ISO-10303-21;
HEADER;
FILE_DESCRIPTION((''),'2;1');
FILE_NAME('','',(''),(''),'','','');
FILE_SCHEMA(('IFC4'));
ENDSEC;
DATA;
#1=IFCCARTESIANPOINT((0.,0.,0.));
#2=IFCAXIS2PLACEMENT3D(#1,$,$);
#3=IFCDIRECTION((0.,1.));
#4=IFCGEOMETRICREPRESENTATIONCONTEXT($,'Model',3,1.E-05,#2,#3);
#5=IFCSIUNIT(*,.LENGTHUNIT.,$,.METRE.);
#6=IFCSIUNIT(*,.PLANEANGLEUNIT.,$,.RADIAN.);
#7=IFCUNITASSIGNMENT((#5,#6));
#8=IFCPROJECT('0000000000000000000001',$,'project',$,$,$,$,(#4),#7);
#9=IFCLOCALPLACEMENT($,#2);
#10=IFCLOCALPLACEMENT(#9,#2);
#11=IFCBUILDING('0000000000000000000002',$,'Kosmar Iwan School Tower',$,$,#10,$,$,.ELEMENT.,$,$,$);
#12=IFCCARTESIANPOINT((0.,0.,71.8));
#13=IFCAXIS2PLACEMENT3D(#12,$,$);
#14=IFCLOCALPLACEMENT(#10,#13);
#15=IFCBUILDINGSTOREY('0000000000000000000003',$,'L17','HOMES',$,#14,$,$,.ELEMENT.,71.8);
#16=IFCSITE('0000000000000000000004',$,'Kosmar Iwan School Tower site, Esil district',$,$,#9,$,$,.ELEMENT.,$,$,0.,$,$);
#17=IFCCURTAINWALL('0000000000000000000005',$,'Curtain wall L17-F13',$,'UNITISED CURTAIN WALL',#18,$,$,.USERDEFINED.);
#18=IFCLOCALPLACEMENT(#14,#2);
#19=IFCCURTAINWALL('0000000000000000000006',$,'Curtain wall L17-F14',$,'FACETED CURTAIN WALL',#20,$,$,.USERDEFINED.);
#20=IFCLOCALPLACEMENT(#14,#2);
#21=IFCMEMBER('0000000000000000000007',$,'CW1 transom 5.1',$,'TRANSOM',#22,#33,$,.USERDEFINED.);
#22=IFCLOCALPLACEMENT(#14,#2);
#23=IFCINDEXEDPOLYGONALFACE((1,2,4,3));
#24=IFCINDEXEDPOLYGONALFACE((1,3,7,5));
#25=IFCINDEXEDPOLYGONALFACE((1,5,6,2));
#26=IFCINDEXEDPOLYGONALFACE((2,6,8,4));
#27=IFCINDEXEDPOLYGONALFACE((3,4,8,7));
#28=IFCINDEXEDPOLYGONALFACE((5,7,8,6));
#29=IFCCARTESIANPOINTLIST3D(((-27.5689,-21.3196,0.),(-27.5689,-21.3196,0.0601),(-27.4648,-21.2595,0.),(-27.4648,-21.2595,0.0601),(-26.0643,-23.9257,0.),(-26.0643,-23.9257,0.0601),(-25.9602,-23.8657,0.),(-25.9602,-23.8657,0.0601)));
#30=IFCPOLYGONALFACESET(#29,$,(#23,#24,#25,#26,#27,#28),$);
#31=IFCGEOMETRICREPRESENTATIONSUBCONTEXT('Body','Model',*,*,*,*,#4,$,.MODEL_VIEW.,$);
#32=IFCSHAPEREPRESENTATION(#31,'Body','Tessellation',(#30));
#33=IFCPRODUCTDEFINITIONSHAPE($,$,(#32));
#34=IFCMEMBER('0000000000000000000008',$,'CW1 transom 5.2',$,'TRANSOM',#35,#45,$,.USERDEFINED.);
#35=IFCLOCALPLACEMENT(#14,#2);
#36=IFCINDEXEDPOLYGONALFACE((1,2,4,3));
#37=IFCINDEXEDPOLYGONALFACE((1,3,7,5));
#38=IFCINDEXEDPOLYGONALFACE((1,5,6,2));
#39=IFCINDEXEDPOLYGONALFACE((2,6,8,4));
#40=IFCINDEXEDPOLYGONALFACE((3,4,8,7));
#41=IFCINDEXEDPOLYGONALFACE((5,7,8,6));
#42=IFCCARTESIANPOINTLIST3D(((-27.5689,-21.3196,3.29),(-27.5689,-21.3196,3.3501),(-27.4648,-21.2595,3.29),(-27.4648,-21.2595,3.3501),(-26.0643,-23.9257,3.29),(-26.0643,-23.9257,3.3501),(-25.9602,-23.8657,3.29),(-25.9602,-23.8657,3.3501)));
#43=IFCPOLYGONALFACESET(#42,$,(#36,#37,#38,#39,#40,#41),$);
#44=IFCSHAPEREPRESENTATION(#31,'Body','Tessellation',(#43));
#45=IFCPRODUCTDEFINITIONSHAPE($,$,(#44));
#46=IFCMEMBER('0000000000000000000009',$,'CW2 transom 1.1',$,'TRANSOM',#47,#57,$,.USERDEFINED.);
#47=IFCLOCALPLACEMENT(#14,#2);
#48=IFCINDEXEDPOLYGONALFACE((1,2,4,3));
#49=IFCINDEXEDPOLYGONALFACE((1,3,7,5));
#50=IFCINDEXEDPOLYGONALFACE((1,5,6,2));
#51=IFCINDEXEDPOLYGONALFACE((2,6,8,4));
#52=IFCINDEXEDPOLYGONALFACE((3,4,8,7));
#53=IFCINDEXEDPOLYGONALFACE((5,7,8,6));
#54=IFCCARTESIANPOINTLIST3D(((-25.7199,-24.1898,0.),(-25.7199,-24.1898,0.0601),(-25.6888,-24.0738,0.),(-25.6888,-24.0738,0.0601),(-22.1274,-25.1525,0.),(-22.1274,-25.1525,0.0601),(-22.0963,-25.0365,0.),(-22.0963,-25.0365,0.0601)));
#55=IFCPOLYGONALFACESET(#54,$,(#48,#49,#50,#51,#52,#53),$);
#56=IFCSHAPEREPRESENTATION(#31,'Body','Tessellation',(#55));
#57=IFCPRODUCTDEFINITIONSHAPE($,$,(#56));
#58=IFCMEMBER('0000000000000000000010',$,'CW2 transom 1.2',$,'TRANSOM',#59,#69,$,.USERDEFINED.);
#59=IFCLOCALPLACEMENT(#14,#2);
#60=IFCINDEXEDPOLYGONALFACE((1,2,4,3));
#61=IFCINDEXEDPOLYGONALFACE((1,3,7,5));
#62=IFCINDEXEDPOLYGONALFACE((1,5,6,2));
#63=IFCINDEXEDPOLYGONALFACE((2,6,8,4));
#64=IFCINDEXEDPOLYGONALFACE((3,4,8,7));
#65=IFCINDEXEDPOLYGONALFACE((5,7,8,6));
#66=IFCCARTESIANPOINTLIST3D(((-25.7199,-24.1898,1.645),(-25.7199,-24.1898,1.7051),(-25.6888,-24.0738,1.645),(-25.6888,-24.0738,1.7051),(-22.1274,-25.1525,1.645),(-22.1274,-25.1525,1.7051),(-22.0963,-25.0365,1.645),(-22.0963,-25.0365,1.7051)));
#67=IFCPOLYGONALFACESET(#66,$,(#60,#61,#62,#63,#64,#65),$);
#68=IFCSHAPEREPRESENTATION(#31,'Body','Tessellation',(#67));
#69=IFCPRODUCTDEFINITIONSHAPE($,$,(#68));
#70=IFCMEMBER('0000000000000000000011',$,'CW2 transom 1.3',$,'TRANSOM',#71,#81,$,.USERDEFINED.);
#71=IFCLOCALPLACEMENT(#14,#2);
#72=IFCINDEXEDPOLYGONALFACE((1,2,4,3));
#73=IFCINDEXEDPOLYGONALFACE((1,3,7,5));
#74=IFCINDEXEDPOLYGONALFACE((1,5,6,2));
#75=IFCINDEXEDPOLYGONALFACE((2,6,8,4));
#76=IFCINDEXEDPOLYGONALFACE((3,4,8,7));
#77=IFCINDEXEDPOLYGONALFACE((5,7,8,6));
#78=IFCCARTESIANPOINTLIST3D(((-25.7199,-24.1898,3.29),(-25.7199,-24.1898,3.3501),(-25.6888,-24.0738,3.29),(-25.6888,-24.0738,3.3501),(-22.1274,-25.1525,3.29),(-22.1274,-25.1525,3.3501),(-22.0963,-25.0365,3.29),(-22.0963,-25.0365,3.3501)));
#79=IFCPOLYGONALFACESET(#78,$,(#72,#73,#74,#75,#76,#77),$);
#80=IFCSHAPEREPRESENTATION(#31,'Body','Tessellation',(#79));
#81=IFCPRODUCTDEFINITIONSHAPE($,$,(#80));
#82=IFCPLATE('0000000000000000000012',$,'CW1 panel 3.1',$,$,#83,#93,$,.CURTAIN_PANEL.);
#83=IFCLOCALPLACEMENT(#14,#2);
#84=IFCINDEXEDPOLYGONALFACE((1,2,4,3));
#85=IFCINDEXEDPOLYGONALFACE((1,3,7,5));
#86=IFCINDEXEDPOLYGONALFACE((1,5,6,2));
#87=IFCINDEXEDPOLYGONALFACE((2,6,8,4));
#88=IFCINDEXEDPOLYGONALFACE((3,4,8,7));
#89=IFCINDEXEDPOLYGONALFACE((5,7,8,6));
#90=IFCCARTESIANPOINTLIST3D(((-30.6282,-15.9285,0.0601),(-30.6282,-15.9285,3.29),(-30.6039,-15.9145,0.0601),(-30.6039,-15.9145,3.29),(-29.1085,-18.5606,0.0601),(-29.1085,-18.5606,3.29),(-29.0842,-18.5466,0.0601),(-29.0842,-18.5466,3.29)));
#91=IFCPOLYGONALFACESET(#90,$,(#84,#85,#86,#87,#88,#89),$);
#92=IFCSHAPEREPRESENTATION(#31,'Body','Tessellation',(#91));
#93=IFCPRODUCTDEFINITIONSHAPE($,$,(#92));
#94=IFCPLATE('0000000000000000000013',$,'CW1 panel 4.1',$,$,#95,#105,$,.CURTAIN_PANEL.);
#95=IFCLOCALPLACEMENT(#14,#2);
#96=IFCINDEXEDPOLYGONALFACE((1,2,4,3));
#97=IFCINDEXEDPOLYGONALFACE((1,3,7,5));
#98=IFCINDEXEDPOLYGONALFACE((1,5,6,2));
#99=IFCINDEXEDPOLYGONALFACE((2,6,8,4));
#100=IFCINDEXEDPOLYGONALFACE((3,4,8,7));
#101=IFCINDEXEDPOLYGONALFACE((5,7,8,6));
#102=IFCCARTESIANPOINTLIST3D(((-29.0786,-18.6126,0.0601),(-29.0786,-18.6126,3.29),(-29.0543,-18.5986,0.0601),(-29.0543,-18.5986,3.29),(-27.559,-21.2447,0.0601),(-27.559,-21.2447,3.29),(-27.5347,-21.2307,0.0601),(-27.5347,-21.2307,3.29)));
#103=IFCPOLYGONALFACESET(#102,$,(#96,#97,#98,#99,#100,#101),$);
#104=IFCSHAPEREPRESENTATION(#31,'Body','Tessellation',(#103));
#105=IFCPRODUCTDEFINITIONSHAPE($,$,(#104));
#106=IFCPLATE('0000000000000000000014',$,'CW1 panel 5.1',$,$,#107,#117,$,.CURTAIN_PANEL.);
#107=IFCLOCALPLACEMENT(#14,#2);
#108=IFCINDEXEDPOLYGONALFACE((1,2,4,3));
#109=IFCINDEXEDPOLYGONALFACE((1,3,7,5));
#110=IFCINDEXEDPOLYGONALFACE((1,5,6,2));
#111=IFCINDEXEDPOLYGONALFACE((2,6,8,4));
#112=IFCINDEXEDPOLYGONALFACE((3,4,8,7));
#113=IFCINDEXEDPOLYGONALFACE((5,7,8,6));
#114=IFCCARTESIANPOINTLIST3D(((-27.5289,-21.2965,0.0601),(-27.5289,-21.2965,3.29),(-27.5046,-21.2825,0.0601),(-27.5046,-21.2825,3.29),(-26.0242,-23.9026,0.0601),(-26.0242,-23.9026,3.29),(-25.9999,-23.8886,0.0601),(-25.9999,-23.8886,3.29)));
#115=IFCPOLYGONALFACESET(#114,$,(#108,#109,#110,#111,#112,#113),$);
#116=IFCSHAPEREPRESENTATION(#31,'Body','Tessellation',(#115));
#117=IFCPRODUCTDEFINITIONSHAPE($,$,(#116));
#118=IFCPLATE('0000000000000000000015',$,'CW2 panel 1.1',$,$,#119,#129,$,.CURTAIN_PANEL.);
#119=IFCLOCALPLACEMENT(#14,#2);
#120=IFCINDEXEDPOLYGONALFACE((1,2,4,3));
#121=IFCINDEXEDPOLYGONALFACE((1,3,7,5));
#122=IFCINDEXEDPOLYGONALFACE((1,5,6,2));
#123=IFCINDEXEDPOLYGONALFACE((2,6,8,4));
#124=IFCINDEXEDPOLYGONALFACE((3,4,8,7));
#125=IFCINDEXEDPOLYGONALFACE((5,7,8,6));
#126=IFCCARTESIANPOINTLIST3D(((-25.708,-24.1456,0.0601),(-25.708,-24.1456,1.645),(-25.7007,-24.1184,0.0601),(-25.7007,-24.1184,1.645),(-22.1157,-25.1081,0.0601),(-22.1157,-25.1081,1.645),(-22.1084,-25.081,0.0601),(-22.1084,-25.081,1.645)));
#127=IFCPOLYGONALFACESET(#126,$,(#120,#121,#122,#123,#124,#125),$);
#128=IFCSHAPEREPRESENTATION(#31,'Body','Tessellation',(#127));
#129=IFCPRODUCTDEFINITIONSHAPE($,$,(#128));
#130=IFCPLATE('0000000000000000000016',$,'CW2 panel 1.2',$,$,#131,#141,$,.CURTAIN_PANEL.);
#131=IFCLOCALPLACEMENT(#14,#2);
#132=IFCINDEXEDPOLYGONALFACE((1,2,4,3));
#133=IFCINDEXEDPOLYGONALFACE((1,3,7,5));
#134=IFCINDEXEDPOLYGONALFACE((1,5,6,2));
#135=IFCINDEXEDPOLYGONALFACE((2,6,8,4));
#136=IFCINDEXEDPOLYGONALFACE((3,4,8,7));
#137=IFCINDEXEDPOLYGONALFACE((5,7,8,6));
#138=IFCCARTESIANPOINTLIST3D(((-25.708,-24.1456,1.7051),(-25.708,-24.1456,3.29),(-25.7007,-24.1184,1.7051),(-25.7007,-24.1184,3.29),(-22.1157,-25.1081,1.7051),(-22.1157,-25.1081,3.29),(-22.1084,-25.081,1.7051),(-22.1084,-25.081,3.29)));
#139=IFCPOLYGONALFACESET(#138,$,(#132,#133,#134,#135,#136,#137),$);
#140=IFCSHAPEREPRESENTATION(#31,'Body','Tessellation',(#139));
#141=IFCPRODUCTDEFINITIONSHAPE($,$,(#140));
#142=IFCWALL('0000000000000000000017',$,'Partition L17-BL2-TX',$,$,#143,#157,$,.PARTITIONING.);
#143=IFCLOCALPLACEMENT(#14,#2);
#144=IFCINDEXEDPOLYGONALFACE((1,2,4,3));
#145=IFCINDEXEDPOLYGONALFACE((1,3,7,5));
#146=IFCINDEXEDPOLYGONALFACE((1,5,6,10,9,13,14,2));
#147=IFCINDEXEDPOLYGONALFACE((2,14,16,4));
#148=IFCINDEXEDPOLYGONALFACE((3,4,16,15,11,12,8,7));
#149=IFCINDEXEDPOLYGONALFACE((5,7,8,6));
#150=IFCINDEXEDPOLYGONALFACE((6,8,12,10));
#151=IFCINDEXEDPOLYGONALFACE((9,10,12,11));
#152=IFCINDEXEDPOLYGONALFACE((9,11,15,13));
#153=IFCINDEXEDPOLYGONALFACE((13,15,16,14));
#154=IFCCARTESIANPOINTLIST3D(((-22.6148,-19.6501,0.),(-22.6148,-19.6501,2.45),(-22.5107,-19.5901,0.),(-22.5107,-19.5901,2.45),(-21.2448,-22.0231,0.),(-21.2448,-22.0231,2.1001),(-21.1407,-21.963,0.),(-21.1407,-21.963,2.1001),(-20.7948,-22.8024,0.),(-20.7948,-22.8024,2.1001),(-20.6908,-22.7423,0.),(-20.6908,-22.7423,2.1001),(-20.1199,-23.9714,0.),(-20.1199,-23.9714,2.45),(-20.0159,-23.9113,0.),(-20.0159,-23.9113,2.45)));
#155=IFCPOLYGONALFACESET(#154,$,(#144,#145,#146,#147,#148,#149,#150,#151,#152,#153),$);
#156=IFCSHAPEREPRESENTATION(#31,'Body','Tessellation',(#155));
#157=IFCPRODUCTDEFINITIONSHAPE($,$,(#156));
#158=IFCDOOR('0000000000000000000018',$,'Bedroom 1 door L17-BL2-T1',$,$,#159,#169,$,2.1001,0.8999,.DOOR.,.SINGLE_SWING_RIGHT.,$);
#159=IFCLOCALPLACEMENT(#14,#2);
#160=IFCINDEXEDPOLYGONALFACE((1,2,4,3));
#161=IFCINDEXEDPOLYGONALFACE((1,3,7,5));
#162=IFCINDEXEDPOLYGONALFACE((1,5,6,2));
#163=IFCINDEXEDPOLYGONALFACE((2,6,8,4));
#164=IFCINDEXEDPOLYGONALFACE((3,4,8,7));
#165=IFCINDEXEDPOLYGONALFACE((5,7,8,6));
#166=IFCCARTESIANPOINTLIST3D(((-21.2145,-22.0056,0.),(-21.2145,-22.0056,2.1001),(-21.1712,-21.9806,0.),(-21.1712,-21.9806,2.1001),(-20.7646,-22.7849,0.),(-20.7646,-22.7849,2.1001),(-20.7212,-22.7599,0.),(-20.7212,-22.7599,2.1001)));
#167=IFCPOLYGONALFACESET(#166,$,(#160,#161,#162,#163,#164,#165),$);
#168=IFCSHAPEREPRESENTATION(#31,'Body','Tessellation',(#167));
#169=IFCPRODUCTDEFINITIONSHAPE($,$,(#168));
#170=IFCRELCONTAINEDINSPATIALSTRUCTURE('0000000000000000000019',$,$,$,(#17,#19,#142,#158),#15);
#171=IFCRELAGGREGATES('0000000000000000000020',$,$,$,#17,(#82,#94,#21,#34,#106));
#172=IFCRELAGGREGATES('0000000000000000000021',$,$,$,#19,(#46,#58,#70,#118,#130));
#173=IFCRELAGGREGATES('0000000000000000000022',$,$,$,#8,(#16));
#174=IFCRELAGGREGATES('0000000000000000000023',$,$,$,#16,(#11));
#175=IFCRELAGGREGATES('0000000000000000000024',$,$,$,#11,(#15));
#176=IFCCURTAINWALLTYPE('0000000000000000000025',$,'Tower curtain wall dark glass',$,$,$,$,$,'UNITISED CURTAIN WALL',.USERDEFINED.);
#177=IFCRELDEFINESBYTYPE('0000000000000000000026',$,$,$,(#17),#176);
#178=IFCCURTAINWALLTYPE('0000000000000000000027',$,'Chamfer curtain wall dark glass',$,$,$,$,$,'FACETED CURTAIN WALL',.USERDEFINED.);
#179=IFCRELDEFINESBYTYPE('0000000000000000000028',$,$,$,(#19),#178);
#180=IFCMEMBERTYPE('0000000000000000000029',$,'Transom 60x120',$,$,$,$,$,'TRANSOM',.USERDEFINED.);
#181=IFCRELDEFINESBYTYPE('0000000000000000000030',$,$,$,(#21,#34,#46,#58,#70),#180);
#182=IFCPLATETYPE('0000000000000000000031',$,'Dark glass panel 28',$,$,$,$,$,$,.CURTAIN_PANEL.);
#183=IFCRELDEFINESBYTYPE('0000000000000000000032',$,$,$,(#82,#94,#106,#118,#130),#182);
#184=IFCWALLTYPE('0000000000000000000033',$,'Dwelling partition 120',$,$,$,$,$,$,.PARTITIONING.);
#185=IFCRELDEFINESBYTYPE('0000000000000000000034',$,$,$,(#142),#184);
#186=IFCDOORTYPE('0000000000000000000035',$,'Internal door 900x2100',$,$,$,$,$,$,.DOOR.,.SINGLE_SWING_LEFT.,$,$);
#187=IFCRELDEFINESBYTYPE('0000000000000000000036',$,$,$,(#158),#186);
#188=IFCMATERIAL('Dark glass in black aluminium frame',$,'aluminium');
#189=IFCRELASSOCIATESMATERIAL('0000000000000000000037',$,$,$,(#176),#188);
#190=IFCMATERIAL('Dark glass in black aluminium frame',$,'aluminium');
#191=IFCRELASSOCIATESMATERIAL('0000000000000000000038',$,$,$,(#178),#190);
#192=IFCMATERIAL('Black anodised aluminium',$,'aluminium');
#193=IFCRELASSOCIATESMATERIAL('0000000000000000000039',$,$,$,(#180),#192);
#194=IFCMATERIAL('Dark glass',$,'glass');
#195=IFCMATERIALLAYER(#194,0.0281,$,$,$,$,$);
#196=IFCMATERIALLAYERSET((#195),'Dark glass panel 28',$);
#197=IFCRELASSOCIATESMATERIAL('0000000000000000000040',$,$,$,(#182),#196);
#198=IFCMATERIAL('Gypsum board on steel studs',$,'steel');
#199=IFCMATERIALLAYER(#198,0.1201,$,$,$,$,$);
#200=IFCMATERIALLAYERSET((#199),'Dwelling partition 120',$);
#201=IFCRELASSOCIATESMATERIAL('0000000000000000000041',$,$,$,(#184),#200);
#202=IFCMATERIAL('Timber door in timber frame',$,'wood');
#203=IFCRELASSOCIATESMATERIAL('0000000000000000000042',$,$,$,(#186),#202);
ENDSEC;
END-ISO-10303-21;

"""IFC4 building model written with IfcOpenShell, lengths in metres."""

from ifc_helpers import new_model, si_unit, direction, frame, frame_2d, origin, origin_2d, place, context, subcontext, project, spatial, rectangle, extrude, material, layer, layer_set, material_profile, profile_set, type_object, element, fill, aggregate, save


model = new_model("IFC4")

# Units and contexts
model_context = context("Model", 3, precision=1e-05, world=origin(), true_north=direction((0.0, 1.0)))
body_context = subcontext(model_context, "Body", "Model", "MODEL_VIEW")
ifc_project = project(units=[si_unit("LENGTHUNIT", "METRE"), si_unit("PLANEANGLEUNIT", "RADIAN")], contexts=[model_context])

# Site, building, storey
site_placement = place(None, origin())
site = spatial("IfcSite", under=ifc_project, at=site_placement, Name="Kosmar Iwan School Tower site, Esil district", CompositionType="ELEMENT", RefElevation=0.0)
building_placement = place(site_placement, origin())
building = spatial("IfcBuilding", under=site, at=building_placement, Name="Kosmar Iwan School Tower", CompositionType="ELEMENT")
storey_placement = place(building_placement, frame((0.0, 0.0, 71.8)))
storey = spatial("IfcBuildingStorey", under=building, at=storey_placement, Name="L17", Description="HOMES", CompositionType="ELEMENT", Elevation=71.8)

# Curtain walls
ifc_material_1 = material(Name="Dark glass in black aluminium frame", Category="aluminium")
curtain_wall_type_1 = type_object("IfcCurtainWallType", Name="Tower curtain wall dark glass", ElementType="UNITISED CURTAIN WALL", PredefinedType="USERDEFINED", material=ifc_material_1)
curtain_wall_1_placement = place(storey_placement, origin())
curtain_wall_1 = element("IfcCurtainWall", 1, at=curtain_wall_1_placement, inside=storey, type_object=curtain_wall_type_1, Name="Curtain wall L17-F13", ObjectType="UNITISED CURTAIN WALL", PredefinedType="USERDEFINED")
ifc_material_2 = material(Name="Dark glass in black aluminium frame", Category="aluminium")
curtain_wall_type_2 = type_object("IfcCurtainWallType", Name="Chamfer curtain wall dark glass", ElementType="FACETED CURTAIN WALL", PredefinedType="USERDEFINED", material=ifc_material_2)
curtain_wall_2_placement = place(storey_placement, origin())
curtain_wall_2 = element("IfcCurtainWall", 2, at=curtain_wall_2_placement, inside=storey, type_object=curtain_wall_type_2, Name="Curtain wall L17-F14", ObjectType="FACETED CURTAIN WALL", PredefinedType="USERDEFINED")

# Members
ifc_material_3 = material(Name="Black anodised aluminium", Category="aluminium")
ifc_material_profile_1 = material_profile(ifc_material_3, rectangle(XDim=0.1201, YDim=0.0601, at=origin_2d()), Name="TRANSOM 60x120")
ifc_profile_set_1 = profile_set([ifc_material_profile_1], Name="Black anodised aluminium")
member_type_1 = type_object("IfcMemberType", Name="Transom 60x120", ElementType="TRANSOM", PredefinedType="USERDEFINED", material=ifc_profile_set_1)
member_1_placement = place(storey_placement, frame((-27.5168, -21.2896, 0.03), z_axis=(0.499987, -0.866033, 0.0), x_axis=(0.866033, 0.499987, 0.0)))
member_1 = element("IfcMember", 3, at=member_1_placement, type_object=member_type_1, Name="CW1 transom 5.1", ObjectType="TRANSOM", PredefinedType="USERDEFINED", context=body_context, shape_type="SweptSolid", body=[
    extrude(rectangle(XDim=0.1201, YDim=0.0601, at=origin_2d()), origin(), (0.0, 0.0, 1.0), 3.0093),
])
member_2_placement = place(storey_placement, frame((-27.5168, -21.2896, 3.3201), z_axis=(0.499987, -0.866033, 0.0), x_axis=(0.866033, 0.499987, 0.0)))
member_2 = element("IfcMember", 4, at=member_2_placement, type_object=member_type_1, Name="CW1 transom 5.2", ObjectType="TRANSOM", PredefinedType="USERDEFINED", context=body_context, shape_type="SweptSolid", body=[
    extrude(rectangle(XDim=0.1201, YDim=0.0601, at=origin_2d()), origin(), (0.0, 0.0, 1.0), 3.0093),
])
member_3_placement = place(storey_placement, frame((-25.7043, -24.1318, 0.03), z_axis=(0.965924, -0.258827, 0.0), x_axis=(0.258827, 0.965924, 0.0)))
member_3 = element("IfcMember", 5, at=member_3_placement, type_object=member_type_1, Name="CW2 transom 1.1", ObjectType="TRANSOM", PredefinedType="USERDEFINED", context=body_context, shape_type="SweptSolid", body=[
    extrude(rectangle(XDim=0.1201, YDim=0.0601, at=origin_2d()), origin(), (0.0, 0.0, 1.0), 3.7192),
])
member_4_placement = place(storey_placement, frame((-25.7043, -24.1318, 1.675), z_axis=(0.965924, -0.258827, 0.0), x_axis=(0.258827, 0.965924, 0.0)))
member_4 = element("IfcMember", 6, at=member_4_placement, type_object=member_type_1, Name="CW2 transom 1.2", ObjectType="TRANSOM", PredefinedType="USERDEFINED", context=body_context, shape_type="SweptSolid", body=[
    extrude(rectangle(XDim=0.1201, YDim=0.0601, at=origin_2d()), origin(), (0.0, 0.0, 1.0), 3.7192),
])
member_5_placement = place(storey_placement, frame((-25.7043, -24.1318, 3.3201), z_axis=(0.965924, -0.258827, 0.0), x_axis=(0.258827, 0.965924, 0.0)))
member_5 = element("IfcMember", 7, at=member_5_placement, type_object=member_type_1, Name="CW2 transom 1.3", ObjectType="TRANSOM", PredefinedType="USERDEFINED", context=body_context, shape_type="SweptSolid", body=[
    extrude(rectangle(XDim=0.1201, YDim=0.0601, at=origin_2d()), origin(), (0.0, 0.0, 1.0), 3.7192),
])

# Plates
ifc_material_4 = material(Name="Dark glass", Category="glass")
ifc_layer_1 = layer(ifc_material_4, 0.0281)
ifc_layer_set_1 = layer_set([ifc_layer_1], Name="Dark glass panel 28")
plate_type = type_object("IfcPlateType", Name="Dark glass panel 28", PredefinedType="CURTAIN_PANEL", material=ifc_layer_set_1)
plate_1_placement = place(storey_placement, frame((-29.8562, -17.2375, 0.0601), z_axis=(0.0, 0.0, 1.0), x_axis=(0.5, -0.866025, 0.0)))
plate_1 = element("IfcPlate", 8, at=plate_1_placement, type_object=plate_type, Name="CW1 panel 3.1", PredefinedType="CURTAIN_PANEL", context=body_context, shape_type="SweptSolid", body=[
    extrude(rectangle(XDim=3.0393, YDim=0.0281, at=origin_2d()), origin(), (0.0, 0.0, 1.0), 3.23),
])
plate_2_placement = place(storey_placement, frame((-28.3066, -19.9216, 0.0601), z_axis=(0.0, 0.0, 1.0), x_axis=(0.5, -0.866025, 0.0)))
plate_2 = element("IfcPlate", 9, at=plate_2_placement, type_object=plate_type, Name="CW1 panel 4.1", PredefinedType="CURTAIN_PANEL", context=body_context, shape_type="SweptSolid", body=[
    extrude(rectangle(XDim=3.0393, YDim=0.0281, at=origin_2d()), origin(), (0.0, 0.0, 1.0), 3.23),
])
plate_3_placement = place(storey_placement, frame((-26.7644, -22.5925, 0.0601), z_axis=(0.0, 0.0, 1.0), x_axis=(0.5, -0.866025, 0.0)))
plate_3 = element("IfcPlate", 10, at=plate_3_placement, type_object=plate_type, Name="CW1 panel 5.1", PredefinedType="CURTAIN_PANEL", context=body_context, shape_type="SweptSolid", body=[
    extrude(rectangle(XDim=3.0093, YDim=0.0281, at=origin_2d()), origin(), (0.0, 0.0, 1.0), 3.23),
])
aggregate(curtain_wall_1, [plate_1, plate_2, member_1, member_2, plate_3])
plate_4_placement = place(storey_placement, frame((-23.9082, -24.6133, 0.0601), z_axis=(0.0, 0.0, 1.0), x_axis=(0.965926, -0.258819, 0.0)))
plate_4 = element("IfcPlate", 11, at=plate_4_placement, type_object=plate_type, Name="CW2 panel 1.1", PredefinedType="CURTAIN_PANEL", context=body_context, shape_type="SweptSolid", body=[
    extrude(rectangle(XDim=3.719, YDim=0.0281, at=origin_2d()), origin(), (0.0, 0.0, 1.0), 1.585),
])
plate_5_placement = place(storey_placement, frame((-23.9082, -24.6133, 1.7051), z_axis=(0.0, 0.0, 1.0), x_axis=(0.965926, -0.258819, 0.0)))
plate_5 = element("IfcPlate", 12, at=plate_5_placement, type_object=plate_type, Name="CW2 panel 1.2", PredefinedType="CURTAIN_PANEL", context=body_context, shape_type="SweptSolid", body=[
    extrude(rectangle(XDim=3.719, YDim=0.0281, at=origin_2d()), origin(), (0.0, 0.0, 1.0), 1.585),
])
aggregate(curtain_wall_2, [member_3, member_4, member_5, plate_4, plate_5])

# Wall, opening, door
ifc_material_5 = material(Name="Gypsum board on steel studs", Category="steel")
ifc_layer_2 = layer(ifc_material_5, 0.1201)
ifc_layer_set_2 = layer_set([ifc_layer_2], Name="Dwelling partition 120")
wall_type_1 = type_object("IfcWallType", Name="Dwelling partition 120", PredefinedType="PARTITIONING", material=ifc_layer_set_2)
wall_1_placement = place(storey_placement, frame((-22.5627, -19.6201, 0.0), z_axis=(0.0, 0.0, 1.0), x_axis=(0.499996, -0.866028, 0.0)))
wall_1 = element("IfcWall", 13, at=wall_1_placement, inside=storey, type_object=wall_type_1, Name="Partition L17-BL2-TX", PredefinedType="PARTITIONING", context=body_context, shape_type="SweptSolid", body=[
    extrude(rectangle(XDim=4.9897, YDim=0.1201, at=frame_2d((2.4949, 0.0))), origin(), (0.0, 0.0, 1.0), 2.45),
])
opening_1_placement = place(wall_1_placement, frame((2.74, 0.0, 0.0)))
opening_1 = element("IfcOpeningElement", 14, at=opening_1_placement, cuts=wall_1, PredefinedType="OPENING", context=body_context, shape_type="SweptSolid", body=[
    extrude(rectangle(XDim=0.8999, YDim=2.1001, at=frame_2d((0.45, 1.05))), frame((0.0, 0.072, 0.0), z_axis=(0.0, -1.0, 0.0), x_axis=(1.0, 0.0, 0.0)), (0.0, 0.0, 1.0), 0.144),
])
ifc_material_6 = material(Name="Timber door in timber frame", Category="wood")
door_type_1 = type_object("IfcDoorType", Name="Internal door 900x2100", OperationType="SINGLE_SWING_LEFT", PredefinedType="DOOR", material=ifc_material_6)
door_1_placement = place(opening_1_placement, origin())
door_1 = element("IfcDoor", 15, at=door_1_placement, inside=storey, type_object=door_type_1, Name="Bedroom 1 door L17-BL2-T1", OperationType="SINGLE_SWING_RIGHT", OverallHeight=2.1001, OverallWidth=0.8999, PredefinedType="DOOR", context=body_context, shape_type="SweptSolid", body=[
    extrude(rectangle(XDim=0.8999, YDim=2.1001, at=frame_2d((0.45, 1.05))), frame((0.0, 0.0249, 0.0), z_axis=(0.0, -1.0, 0.0), x_axis=(1.0, 0.0, 0.0)), (0.0, 0.0, 1.0), 0.05),
])
fill(opening_1, door_1)

save(model, "model.ifc")
